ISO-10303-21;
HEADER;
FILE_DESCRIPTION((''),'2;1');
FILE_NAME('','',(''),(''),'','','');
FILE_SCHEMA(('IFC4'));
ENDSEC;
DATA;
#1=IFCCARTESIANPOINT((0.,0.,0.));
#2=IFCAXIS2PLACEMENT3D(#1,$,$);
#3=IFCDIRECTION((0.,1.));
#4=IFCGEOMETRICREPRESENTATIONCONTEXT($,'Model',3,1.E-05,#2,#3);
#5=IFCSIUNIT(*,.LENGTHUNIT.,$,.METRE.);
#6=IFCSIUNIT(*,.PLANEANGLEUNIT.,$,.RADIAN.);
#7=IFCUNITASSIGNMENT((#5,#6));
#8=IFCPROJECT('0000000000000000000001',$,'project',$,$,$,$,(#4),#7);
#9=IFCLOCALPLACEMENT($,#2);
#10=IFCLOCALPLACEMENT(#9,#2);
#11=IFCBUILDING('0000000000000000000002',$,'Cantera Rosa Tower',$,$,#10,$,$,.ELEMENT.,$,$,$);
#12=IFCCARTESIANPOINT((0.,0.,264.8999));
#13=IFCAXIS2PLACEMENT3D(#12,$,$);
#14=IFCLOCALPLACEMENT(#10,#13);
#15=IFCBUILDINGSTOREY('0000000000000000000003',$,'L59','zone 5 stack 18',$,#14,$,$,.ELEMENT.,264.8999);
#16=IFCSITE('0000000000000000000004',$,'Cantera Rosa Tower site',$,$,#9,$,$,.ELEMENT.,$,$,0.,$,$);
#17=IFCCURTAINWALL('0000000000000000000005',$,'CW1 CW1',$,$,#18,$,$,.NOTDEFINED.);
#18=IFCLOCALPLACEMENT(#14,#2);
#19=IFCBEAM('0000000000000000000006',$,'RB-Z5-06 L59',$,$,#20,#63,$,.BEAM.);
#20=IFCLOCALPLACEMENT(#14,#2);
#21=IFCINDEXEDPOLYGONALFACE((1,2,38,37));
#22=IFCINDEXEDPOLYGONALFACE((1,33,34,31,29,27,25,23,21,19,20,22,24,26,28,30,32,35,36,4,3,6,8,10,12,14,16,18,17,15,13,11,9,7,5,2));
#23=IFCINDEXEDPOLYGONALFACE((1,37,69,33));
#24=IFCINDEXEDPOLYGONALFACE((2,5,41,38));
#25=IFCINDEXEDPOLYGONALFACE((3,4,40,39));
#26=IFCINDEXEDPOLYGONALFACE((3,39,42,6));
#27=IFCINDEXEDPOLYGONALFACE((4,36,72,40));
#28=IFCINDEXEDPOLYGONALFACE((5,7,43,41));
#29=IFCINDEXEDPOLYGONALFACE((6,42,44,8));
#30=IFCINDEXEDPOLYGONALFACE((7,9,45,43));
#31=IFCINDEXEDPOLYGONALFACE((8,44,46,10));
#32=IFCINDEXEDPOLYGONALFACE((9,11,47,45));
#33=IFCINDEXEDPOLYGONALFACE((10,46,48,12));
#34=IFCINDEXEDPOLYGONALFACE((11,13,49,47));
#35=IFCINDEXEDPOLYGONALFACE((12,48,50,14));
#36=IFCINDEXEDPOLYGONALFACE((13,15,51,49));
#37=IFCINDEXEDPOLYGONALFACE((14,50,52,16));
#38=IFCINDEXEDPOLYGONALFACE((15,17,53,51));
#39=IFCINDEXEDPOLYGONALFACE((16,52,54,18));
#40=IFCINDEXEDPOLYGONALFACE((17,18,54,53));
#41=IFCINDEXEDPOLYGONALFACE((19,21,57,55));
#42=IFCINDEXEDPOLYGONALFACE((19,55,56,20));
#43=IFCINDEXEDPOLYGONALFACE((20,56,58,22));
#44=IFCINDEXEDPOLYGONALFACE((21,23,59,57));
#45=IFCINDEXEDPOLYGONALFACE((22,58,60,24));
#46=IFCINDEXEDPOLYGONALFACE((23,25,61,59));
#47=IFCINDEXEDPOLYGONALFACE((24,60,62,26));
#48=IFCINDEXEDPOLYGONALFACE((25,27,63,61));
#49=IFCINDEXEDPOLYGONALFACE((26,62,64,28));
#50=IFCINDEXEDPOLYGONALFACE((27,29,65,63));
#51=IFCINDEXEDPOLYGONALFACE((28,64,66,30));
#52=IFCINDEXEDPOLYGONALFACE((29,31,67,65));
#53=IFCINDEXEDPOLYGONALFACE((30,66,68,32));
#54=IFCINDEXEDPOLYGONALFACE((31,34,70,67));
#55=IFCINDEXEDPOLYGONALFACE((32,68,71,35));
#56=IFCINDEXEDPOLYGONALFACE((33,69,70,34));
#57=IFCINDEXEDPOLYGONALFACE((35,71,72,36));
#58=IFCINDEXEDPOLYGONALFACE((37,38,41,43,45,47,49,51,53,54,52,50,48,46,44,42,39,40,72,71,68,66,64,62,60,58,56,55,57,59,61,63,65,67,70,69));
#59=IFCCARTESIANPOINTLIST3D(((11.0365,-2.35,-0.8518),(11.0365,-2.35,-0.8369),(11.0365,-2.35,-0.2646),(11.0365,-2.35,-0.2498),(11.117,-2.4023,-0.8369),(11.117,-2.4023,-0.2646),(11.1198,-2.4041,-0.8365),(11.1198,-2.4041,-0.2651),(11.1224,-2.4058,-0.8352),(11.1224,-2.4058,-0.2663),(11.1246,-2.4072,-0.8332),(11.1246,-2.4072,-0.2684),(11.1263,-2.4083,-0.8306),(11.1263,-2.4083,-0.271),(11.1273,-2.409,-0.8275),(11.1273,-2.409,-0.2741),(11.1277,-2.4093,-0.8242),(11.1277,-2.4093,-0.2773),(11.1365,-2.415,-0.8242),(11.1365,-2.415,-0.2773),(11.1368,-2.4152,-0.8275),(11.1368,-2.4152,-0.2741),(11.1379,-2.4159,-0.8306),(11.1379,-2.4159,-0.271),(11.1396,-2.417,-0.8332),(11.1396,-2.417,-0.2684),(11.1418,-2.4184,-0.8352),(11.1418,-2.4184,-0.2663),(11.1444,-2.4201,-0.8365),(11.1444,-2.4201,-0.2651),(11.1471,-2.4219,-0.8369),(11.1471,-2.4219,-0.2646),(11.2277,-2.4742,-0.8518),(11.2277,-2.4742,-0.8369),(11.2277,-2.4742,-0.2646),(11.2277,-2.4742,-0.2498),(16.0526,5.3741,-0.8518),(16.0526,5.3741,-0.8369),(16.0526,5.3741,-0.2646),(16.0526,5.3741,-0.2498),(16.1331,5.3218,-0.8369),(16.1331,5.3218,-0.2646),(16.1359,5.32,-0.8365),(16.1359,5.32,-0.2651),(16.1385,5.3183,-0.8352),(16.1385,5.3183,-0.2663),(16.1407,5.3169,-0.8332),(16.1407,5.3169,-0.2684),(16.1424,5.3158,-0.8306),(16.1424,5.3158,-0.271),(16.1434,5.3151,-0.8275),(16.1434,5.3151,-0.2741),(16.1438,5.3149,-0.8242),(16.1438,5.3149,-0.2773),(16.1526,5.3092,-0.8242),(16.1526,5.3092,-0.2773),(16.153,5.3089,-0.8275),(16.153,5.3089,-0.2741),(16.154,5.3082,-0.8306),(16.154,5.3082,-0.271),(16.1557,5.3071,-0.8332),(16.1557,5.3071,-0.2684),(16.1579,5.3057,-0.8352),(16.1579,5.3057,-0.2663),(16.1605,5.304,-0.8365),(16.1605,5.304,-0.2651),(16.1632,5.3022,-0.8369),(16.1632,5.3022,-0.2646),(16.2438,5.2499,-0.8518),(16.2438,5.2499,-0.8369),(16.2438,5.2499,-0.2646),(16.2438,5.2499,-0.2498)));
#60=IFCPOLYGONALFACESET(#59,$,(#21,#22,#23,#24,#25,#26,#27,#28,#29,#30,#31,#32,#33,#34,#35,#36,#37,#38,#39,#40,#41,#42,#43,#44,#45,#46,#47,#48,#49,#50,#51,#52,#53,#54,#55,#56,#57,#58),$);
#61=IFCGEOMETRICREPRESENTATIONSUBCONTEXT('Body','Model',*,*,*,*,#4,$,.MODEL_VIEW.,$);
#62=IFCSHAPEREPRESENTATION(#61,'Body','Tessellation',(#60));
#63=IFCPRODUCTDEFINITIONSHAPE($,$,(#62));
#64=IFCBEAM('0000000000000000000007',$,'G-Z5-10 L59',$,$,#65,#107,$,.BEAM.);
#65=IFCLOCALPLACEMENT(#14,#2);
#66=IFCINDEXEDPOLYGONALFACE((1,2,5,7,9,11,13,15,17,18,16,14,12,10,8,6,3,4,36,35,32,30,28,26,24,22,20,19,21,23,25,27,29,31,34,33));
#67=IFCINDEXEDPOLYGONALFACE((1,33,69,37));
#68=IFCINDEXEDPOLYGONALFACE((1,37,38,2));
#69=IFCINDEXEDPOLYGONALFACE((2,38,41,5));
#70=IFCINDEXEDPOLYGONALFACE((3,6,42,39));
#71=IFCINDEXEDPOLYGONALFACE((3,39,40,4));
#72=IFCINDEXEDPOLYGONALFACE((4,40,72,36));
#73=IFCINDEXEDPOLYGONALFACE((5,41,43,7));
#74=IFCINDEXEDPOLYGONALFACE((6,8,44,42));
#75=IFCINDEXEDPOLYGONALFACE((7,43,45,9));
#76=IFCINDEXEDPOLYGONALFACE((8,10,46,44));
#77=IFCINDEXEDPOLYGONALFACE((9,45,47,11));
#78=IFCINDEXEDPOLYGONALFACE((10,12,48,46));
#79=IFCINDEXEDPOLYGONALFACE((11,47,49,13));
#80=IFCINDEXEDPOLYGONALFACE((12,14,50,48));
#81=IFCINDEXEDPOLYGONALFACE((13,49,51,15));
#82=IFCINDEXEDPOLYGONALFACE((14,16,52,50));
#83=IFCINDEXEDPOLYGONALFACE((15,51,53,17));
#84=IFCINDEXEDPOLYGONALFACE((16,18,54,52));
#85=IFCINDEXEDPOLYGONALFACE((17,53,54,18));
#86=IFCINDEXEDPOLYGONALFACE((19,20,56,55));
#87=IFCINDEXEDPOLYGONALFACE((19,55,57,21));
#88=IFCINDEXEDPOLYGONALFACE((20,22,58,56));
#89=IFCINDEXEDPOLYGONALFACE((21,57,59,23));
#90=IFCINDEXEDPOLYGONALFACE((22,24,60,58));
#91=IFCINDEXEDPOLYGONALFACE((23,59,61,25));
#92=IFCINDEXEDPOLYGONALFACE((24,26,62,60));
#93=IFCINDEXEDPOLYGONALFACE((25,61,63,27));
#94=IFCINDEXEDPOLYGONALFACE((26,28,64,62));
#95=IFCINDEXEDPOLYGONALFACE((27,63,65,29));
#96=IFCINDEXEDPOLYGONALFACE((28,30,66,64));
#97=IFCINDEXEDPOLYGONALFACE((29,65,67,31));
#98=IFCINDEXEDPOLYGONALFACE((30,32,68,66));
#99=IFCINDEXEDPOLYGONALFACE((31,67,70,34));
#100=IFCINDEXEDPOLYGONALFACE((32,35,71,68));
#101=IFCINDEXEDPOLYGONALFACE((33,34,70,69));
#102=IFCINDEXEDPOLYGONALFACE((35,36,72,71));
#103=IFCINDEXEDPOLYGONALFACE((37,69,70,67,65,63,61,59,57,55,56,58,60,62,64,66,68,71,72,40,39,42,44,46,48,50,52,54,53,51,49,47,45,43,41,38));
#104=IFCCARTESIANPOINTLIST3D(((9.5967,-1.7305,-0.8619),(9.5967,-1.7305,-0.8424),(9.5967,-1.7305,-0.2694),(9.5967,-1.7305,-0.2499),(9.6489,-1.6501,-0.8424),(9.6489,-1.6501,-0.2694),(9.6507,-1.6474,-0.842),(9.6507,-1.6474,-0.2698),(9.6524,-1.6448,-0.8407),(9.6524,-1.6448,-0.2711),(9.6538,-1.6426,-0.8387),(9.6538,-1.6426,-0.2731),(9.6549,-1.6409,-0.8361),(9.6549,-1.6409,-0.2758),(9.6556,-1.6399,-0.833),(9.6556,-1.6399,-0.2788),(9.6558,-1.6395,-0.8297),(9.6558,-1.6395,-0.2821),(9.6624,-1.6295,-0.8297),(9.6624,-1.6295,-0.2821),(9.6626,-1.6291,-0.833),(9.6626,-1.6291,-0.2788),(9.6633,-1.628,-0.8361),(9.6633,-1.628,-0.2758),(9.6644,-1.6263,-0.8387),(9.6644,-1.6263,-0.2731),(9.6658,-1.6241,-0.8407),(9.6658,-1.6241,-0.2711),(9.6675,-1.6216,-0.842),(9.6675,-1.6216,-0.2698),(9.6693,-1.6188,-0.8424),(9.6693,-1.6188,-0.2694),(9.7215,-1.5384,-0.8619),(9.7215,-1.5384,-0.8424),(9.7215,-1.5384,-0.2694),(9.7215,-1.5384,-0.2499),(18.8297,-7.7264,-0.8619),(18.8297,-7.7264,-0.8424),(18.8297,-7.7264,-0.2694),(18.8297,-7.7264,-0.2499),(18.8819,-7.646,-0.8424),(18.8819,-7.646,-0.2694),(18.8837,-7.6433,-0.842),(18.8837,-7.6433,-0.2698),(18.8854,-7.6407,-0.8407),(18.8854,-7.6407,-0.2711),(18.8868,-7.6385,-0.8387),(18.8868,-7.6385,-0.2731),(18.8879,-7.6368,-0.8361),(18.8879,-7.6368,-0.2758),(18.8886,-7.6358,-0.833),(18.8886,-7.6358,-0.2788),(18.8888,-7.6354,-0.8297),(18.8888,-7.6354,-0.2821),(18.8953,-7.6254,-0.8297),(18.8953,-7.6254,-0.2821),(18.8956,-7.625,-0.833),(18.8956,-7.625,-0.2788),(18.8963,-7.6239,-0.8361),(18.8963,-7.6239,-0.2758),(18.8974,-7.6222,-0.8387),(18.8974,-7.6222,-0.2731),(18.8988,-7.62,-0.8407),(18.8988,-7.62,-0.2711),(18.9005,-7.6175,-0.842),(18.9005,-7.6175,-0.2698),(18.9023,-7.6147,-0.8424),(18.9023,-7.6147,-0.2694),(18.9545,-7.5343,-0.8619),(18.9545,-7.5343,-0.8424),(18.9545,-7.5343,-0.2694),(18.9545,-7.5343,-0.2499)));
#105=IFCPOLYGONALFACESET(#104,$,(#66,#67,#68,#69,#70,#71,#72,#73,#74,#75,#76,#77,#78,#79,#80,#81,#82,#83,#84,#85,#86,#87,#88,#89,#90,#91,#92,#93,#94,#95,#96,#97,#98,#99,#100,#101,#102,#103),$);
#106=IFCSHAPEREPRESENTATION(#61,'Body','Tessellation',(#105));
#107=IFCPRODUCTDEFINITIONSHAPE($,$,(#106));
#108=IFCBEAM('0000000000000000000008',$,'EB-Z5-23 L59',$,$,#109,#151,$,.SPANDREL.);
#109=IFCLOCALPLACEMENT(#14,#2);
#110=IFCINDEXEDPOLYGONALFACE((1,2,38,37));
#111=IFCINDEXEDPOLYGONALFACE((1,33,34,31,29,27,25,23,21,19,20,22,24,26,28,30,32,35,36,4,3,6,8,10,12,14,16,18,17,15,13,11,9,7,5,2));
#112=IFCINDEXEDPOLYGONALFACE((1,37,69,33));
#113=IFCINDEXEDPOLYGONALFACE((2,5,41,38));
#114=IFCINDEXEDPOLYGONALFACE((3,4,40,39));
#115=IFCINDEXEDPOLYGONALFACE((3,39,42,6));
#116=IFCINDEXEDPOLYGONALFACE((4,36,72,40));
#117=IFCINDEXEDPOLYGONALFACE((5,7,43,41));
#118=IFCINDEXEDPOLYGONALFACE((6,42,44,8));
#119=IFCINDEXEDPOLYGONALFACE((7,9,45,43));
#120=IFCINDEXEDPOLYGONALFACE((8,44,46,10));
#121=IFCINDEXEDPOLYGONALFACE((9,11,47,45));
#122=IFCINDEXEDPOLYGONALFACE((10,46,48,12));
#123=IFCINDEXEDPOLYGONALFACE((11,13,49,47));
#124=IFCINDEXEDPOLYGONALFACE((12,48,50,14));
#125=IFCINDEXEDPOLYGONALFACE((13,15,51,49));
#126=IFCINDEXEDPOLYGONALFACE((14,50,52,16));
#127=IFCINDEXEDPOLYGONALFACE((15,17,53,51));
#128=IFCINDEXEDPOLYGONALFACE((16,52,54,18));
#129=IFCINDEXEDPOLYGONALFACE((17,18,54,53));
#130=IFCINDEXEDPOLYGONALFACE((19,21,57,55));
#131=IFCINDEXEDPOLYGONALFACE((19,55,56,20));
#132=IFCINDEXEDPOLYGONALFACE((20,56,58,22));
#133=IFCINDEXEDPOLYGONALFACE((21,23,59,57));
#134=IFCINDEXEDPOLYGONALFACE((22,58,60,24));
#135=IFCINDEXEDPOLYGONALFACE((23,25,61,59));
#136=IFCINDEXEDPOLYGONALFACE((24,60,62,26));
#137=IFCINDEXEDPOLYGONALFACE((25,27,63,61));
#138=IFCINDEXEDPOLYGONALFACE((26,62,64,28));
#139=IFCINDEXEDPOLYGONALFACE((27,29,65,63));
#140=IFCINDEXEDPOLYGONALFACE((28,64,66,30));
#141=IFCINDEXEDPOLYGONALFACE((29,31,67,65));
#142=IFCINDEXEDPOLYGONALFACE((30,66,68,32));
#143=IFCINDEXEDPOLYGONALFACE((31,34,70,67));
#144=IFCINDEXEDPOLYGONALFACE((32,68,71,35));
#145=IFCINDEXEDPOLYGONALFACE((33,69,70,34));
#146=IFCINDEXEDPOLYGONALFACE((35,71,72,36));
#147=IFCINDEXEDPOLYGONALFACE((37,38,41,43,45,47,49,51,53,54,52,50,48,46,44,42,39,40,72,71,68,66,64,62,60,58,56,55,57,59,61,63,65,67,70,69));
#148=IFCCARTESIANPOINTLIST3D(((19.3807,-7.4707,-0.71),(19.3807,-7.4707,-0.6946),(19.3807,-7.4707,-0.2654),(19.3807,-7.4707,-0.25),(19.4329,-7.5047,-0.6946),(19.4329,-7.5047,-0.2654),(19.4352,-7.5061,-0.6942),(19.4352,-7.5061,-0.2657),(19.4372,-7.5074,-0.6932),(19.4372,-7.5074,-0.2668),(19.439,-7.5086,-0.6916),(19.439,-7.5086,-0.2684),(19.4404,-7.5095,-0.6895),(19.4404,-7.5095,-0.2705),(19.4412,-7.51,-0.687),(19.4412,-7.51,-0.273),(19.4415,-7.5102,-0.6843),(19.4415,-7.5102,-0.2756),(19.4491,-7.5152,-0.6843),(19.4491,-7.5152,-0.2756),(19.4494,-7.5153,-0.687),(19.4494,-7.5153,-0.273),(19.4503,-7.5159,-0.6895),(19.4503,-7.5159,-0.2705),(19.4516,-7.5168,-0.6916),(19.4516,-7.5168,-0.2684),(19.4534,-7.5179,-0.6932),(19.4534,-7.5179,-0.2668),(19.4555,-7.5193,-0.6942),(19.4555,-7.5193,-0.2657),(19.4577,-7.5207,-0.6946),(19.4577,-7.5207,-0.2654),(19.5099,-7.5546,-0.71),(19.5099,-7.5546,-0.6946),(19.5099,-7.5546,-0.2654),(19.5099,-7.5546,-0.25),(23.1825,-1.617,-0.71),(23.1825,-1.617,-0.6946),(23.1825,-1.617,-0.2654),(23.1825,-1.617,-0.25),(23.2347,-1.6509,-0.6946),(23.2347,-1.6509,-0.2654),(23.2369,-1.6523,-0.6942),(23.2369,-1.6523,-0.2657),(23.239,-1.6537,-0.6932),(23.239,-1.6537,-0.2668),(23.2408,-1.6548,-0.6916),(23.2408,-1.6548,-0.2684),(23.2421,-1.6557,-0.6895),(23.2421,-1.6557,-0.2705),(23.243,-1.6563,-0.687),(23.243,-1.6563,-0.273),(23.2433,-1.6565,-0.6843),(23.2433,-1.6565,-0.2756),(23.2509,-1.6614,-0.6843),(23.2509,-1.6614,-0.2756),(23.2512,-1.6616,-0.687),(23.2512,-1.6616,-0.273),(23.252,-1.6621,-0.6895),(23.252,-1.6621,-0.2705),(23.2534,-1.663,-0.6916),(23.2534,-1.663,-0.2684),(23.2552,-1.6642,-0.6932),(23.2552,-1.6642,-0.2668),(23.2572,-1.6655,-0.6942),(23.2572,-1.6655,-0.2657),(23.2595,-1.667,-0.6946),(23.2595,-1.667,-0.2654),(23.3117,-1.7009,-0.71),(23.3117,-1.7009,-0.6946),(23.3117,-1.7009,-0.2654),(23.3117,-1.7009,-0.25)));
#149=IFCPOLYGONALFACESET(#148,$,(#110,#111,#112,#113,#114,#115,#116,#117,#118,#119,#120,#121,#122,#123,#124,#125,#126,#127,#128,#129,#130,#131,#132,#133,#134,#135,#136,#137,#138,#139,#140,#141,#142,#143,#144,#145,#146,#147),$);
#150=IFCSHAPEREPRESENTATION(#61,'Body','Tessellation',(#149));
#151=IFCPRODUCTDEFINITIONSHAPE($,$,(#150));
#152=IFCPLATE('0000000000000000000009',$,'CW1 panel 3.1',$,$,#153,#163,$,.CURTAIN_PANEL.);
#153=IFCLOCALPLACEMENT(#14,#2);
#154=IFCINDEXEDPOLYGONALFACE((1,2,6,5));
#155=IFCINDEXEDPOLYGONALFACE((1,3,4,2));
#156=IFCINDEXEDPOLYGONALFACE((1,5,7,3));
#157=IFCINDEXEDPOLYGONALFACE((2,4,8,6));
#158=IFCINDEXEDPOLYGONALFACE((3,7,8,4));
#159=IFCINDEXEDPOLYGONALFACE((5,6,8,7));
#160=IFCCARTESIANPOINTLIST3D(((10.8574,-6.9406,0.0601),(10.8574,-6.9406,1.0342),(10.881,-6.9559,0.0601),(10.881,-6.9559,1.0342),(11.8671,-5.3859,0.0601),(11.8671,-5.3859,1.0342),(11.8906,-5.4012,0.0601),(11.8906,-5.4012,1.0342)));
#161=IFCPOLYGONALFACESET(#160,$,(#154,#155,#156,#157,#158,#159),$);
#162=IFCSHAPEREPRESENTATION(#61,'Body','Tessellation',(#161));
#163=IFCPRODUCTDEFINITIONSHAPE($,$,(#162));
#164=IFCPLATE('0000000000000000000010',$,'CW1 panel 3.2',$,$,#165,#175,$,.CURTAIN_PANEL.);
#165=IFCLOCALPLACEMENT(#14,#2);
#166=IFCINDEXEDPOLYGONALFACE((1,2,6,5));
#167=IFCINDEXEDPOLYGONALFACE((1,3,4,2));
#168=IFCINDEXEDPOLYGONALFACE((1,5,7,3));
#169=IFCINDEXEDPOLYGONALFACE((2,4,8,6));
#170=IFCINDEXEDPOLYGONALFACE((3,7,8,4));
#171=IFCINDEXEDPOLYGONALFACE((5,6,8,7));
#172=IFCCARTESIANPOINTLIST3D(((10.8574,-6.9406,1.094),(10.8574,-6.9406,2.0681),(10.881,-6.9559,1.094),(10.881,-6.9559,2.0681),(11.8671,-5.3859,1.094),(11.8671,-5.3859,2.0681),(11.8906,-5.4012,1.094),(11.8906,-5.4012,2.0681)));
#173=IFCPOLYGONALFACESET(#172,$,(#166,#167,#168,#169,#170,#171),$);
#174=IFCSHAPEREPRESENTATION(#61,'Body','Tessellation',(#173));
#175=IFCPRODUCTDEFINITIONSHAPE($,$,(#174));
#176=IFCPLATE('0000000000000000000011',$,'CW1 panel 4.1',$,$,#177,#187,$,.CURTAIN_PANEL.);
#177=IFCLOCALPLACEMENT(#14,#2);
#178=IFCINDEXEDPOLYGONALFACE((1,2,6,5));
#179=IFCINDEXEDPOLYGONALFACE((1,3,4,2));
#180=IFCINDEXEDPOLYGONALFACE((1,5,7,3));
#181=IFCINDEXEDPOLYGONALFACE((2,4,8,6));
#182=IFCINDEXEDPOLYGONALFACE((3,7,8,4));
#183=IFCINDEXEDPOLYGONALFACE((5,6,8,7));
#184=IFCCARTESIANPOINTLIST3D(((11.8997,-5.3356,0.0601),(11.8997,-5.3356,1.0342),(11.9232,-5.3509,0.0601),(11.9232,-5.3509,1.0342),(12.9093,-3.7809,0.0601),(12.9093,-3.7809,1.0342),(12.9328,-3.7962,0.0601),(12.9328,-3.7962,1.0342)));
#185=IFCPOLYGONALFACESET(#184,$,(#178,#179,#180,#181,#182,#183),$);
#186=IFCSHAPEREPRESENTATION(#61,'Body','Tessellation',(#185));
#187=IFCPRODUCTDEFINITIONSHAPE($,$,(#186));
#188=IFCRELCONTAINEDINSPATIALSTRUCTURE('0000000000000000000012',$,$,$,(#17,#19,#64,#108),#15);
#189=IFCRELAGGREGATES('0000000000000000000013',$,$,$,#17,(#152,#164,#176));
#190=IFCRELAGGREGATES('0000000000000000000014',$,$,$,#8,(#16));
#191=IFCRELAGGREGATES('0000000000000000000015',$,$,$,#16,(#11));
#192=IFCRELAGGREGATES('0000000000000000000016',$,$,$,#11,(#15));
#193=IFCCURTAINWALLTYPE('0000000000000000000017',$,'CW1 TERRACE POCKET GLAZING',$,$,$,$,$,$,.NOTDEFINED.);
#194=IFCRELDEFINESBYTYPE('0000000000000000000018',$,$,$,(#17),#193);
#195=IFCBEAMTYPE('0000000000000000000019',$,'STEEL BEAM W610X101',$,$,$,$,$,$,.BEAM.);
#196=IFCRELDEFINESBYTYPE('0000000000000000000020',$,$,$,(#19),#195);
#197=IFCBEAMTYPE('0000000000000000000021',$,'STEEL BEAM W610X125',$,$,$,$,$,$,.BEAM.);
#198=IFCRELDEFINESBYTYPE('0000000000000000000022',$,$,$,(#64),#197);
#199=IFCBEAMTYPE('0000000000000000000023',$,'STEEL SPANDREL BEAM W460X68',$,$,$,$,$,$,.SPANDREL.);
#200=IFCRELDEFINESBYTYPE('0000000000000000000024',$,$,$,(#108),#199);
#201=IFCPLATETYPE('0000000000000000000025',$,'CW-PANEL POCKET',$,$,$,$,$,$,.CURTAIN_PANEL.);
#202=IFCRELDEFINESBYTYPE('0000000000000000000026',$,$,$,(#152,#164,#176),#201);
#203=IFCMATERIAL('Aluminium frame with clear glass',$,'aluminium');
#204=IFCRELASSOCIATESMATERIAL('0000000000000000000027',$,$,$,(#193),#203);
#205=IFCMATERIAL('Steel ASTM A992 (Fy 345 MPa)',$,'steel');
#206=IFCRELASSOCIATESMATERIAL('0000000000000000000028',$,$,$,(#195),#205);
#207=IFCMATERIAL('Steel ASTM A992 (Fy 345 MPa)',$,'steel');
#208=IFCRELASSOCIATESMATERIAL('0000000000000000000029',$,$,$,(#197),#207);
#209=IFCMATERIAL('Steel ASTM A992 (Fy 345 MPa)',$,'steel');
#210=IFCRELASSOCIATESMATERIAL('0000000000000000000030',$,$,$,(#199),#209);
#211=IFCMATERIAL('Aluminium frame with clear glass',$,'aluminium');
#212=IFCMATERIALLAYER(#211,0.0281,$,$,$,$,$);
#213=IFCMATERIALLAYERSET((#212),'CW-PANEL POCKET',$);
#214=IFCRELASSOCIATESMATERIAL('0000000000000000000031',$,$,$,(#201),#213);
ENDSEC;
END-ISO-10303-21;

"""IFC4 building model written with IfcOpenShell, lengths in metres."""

from ifc_helpers import new_model, si_unit, direction, frame, origin, origin_2d, place, context, subcontext, project, spatial, rectangle, i_section, extrude, material, layer, layer_set, material_profile, profile_set, type_object, element, aggregate, save


model = new_model("IFC4")

# Units and contexts
model_context = context("Model", 3, precision=1e-05, world=origin(), true_north=direction((0.0, 1.0)))
body_context = subcontext(model_context, "Body", "Model", "MODEL_VIEW")
ifc_project = project(units=[si_unit("LENGTHUNIT", "METRE"), si_unit("PLANEANGLEUNIT", "RADIAN")], contexts=[model_context])

# Site, building, storey
site_placement = place(None, origin())
site = spatial("IfcSite", under=ifc_project, at=site_placement, Name="Cantera Rosa Tower site", CompositionType="ELEMENT", RefElevation=0.0)
building_placement = place(site_placement, origin())
building = spatial("IfcBuilding", under=site, at=building_placement, Name="Cantera Rosa Tower", CompositionType="ELEMENT")
storey_placement = place(building_placement, frame((0.0, 0.0, 264.8999)))
storey = spatial("IfcBuildingStorey", under=building, at=storey_placement, Name="L59", Description="zone 5 stack 18", CompositionType="ELEMENT", Elevation=264.8999)

# Curtain wall
ifc_material_1 = material(Name="Aluminium frame with clear glass", Category="aluminium")
curtain_wall_type = type_object("IfcCurtainWallType", Name="CW1 TERRACE POCKET GLAZING", PredefinedType="NOTDEFINED", material=ifc_material_1)
curtain_wall_placement = place(storey_placement, origin())
curtain_wall = element("IfcCurtainWall", 1, at=curtain_wall_placement, inside=storey, type_object=curtain_wall_type, Name="CW1 CW1", PredefinedType="NOTDEFINED")

# Beams
ifc_material_2 = material(Name="Steel ASTM A992 (Fy 345 MPa)", Category="steel")
ifc_material_profile_1 = material_profile(ifc_material_2, i_section(OverallWidth=0.228, OverallDepth=0.6021, WebThickness=0.0105, FlangeThickness=0.0149, FilletRadius=0.0127, at=origin_2d()), Name="W610X101")
ifc_profile_set_1 = profile_set([ifc_material_profile_1], Name="Steel ASTM A992 (Fy 345 MPa)")
beam_type_1 = type_object("IfcBeamType", Name="STEEL BEAM W610X101", PredefinedType="BEAM", material=ifc_profile_set_1)
beam_1_placement = place(storey_placement, frame((11.1321, -2.4121, -0.5508), z_axis=(0.54464, 0.83867, 0.0), x_axis=(-0.83867, 0.54464, 0.0)))
element("IfcBeam", 2, at=beam_1_placement, inside=storey, type_object=beam_type_1, Name="RB-Z5-06 L59", PredefinedType="BEAM", context=body_context, shape_type="SweptSolid", body=[
    extrude(i_section(OverallWidth=0.228, OverallDepth=0.6021, WebThickness=0.0105, FlangeThickness=0.0149, FilletRadius=0.0127, at=origin_2d()), origin(), (0.0, 0.0, 1.0), 9.21),
])
ifc_material_3 = material(Name="Steel ASTM A992 (Fy 345 MPa)", Category="steel")
ifc_material_profile_2 = material_profile(ifc_material_3, i_section(OverallWidth=0.229, OverallDepth=0.6121, WebThickness=0.012, FlangeThickness=0.0195, FilletRadius=0.0127, at=origin_2d()), Name="W610X125")
ifc_profile_set_2 = profile_set([ifc_material_profile_2], Name="Steel ASTM A992 (Fy 345 MPa)")
beam_type_2 = type_object("IfcBeamType", Name="STEEL BEAM W610X125", PredefinedType="BEAM", material=ifc_profile_set_2)
beam_2_placement = place(storey_placement, frame((18.8921, -7.6304, -0.5559), z_axis=(-0.838674, 0.544634, 0.0), x_axis=(-0.544634, -0.838674, 0.0)))
element("IfcBeam", 3, at=beam_2_placement, inside=storey, type_object=beam_type_2, Name="G-Z5-10 L59", PredefinedType="BEAM", context=body_context, shape_type="SweptSolid", body=[
    extrude(i_section(OverallWidth=0.229, OverallDepth=0.6121, WebThickness=0.012, FlangeThickness=0.0195, FilletRadius=0.0127, at=origin_2d()), origin(), (0.0, 0.0, 1.0), 11.009),
])
ifc_material_4 = material(Name="Steel ASTM A992 (Fy 345 MPa)", Category="steel")
ifc_material_profile_3 = material_profile(ifc_material_4, i_section(OverallWidth=0.1541, OverallDepth=0.46, WebThickness=0.009, FlangeThickness=0.0154, FilletRadius=0.0103, at=origin_2d()), Name="W460X68")
ifc_profile_set_3 = profile_set([ifc_material_profile_3], Name="Steel ASTM A992 (Fy 345 MPa)")
beam_type_3 = type_object("IfcBeamType", Name="STEEL SPANDREL BEAM W460X68", PredefinedType="SPANDREL", material=ifc_profile_set_3)
beam_3_placement = place(storey_placement, frame((19.4453, -7.5127, -0.48), z_axis=(0.544667, 0.838652, 0.0), x_axis=(-0.838652, 0.544667, 0.0)))
element("IfcBeam", 4, at=beam_3_placement, inside=storey, type_object=beam_type_3, Name="EB-Z5-23 L59", PredefinedType="SPANDREL", context=body_context, shape_type="SweptSolid", body=[
    extrude(i_section(OverallWidth=0.1541, OverallDepth=0.46, WebThickness=0.009, FlangeThickness=0.0154, FilletRadius=0.0103, at=origin_2d()), origin(), (0.0, 0.0, 1.0), 6.98),
])

# Plates
ifc_material_5 = material(Name="Aluminium frame with clear glass", Category="aluminium")
ifc_layer_1 = layer(ifc_material_5, 0.0281)
ifc_layer_set_1 = layer_set([ifc_layer_1], Name="CW-PANEL POCKET")
plate_type = type_object("IfcPlateType", Name="CW-PANEL POCKET", PredefinedType="CURTAIN_PANEL", material=ifc_layer_set_1)
plate_1_placement = place(storey_placement, frame((11.374, -6.1709, 0.0601), z_axis=(0.0, 0.0, 1.0), x_axis=(0.544639, 0.838671, 0.0)))
plate_1 = element("IfcPlate", 5, at=plate_1_placement, type_object=plate_type, Name="CW1 panel 3.1", PredefinedType="CURTAIN_PANEL", context=body_context, shape_type="SweptSolid", body=[
    extrude(rectangle(XDim=1.8538, YDim=0.0281, at=origin_2d()), origin(), (0.0, 0.0, 1.0), 0.9741),
])
plate_2_placement = place(storey_placement, frame((11.374, -6.1709, 1.094), z_axis=(0.0, 0.0, 1.0), x_axis=(0.544639, 0.838671, 0.0)))
plate_2 = element("IfcPlate", 6, at=plate_2_placement, type_object=plate_type, Name="CW1 panel 3.2", PredefinedType="CURTAIN_PANEL", context=body_context, shape_type="SweptSolid", body=[
    extrude(rectangle(XDim=1.8538, YDim=0.0281, at=origin_2d()), origin(), (0.0, 0.0, 1.0), 0.9741),
])
plate_3_placement = place(storey_placement, frame((12.4163, -4.5659, 0.0601), z_axis=(0.0, 0.0, 1.0), x_axis=(0.544639, 0.838671, 0.0)))
plate_3 = element("IfcPlate", 7, at=plate_3_placement, type_object=plate_type, Name="CW1 panel 4.1", PredefinedType="CURTAIN_PANEL", context=body_context, shape_type="SweptSolid", body=[
    extrude(rectangle(XDim=1.8538, YDim=0.0281, at=origin_2d()), origin(), (0.0, 0.0, 1.0), 0.9741),
])
aggregate(curtain_wall, [plate_1, plate_2, plate_3])

save(model, "model.ifc")
